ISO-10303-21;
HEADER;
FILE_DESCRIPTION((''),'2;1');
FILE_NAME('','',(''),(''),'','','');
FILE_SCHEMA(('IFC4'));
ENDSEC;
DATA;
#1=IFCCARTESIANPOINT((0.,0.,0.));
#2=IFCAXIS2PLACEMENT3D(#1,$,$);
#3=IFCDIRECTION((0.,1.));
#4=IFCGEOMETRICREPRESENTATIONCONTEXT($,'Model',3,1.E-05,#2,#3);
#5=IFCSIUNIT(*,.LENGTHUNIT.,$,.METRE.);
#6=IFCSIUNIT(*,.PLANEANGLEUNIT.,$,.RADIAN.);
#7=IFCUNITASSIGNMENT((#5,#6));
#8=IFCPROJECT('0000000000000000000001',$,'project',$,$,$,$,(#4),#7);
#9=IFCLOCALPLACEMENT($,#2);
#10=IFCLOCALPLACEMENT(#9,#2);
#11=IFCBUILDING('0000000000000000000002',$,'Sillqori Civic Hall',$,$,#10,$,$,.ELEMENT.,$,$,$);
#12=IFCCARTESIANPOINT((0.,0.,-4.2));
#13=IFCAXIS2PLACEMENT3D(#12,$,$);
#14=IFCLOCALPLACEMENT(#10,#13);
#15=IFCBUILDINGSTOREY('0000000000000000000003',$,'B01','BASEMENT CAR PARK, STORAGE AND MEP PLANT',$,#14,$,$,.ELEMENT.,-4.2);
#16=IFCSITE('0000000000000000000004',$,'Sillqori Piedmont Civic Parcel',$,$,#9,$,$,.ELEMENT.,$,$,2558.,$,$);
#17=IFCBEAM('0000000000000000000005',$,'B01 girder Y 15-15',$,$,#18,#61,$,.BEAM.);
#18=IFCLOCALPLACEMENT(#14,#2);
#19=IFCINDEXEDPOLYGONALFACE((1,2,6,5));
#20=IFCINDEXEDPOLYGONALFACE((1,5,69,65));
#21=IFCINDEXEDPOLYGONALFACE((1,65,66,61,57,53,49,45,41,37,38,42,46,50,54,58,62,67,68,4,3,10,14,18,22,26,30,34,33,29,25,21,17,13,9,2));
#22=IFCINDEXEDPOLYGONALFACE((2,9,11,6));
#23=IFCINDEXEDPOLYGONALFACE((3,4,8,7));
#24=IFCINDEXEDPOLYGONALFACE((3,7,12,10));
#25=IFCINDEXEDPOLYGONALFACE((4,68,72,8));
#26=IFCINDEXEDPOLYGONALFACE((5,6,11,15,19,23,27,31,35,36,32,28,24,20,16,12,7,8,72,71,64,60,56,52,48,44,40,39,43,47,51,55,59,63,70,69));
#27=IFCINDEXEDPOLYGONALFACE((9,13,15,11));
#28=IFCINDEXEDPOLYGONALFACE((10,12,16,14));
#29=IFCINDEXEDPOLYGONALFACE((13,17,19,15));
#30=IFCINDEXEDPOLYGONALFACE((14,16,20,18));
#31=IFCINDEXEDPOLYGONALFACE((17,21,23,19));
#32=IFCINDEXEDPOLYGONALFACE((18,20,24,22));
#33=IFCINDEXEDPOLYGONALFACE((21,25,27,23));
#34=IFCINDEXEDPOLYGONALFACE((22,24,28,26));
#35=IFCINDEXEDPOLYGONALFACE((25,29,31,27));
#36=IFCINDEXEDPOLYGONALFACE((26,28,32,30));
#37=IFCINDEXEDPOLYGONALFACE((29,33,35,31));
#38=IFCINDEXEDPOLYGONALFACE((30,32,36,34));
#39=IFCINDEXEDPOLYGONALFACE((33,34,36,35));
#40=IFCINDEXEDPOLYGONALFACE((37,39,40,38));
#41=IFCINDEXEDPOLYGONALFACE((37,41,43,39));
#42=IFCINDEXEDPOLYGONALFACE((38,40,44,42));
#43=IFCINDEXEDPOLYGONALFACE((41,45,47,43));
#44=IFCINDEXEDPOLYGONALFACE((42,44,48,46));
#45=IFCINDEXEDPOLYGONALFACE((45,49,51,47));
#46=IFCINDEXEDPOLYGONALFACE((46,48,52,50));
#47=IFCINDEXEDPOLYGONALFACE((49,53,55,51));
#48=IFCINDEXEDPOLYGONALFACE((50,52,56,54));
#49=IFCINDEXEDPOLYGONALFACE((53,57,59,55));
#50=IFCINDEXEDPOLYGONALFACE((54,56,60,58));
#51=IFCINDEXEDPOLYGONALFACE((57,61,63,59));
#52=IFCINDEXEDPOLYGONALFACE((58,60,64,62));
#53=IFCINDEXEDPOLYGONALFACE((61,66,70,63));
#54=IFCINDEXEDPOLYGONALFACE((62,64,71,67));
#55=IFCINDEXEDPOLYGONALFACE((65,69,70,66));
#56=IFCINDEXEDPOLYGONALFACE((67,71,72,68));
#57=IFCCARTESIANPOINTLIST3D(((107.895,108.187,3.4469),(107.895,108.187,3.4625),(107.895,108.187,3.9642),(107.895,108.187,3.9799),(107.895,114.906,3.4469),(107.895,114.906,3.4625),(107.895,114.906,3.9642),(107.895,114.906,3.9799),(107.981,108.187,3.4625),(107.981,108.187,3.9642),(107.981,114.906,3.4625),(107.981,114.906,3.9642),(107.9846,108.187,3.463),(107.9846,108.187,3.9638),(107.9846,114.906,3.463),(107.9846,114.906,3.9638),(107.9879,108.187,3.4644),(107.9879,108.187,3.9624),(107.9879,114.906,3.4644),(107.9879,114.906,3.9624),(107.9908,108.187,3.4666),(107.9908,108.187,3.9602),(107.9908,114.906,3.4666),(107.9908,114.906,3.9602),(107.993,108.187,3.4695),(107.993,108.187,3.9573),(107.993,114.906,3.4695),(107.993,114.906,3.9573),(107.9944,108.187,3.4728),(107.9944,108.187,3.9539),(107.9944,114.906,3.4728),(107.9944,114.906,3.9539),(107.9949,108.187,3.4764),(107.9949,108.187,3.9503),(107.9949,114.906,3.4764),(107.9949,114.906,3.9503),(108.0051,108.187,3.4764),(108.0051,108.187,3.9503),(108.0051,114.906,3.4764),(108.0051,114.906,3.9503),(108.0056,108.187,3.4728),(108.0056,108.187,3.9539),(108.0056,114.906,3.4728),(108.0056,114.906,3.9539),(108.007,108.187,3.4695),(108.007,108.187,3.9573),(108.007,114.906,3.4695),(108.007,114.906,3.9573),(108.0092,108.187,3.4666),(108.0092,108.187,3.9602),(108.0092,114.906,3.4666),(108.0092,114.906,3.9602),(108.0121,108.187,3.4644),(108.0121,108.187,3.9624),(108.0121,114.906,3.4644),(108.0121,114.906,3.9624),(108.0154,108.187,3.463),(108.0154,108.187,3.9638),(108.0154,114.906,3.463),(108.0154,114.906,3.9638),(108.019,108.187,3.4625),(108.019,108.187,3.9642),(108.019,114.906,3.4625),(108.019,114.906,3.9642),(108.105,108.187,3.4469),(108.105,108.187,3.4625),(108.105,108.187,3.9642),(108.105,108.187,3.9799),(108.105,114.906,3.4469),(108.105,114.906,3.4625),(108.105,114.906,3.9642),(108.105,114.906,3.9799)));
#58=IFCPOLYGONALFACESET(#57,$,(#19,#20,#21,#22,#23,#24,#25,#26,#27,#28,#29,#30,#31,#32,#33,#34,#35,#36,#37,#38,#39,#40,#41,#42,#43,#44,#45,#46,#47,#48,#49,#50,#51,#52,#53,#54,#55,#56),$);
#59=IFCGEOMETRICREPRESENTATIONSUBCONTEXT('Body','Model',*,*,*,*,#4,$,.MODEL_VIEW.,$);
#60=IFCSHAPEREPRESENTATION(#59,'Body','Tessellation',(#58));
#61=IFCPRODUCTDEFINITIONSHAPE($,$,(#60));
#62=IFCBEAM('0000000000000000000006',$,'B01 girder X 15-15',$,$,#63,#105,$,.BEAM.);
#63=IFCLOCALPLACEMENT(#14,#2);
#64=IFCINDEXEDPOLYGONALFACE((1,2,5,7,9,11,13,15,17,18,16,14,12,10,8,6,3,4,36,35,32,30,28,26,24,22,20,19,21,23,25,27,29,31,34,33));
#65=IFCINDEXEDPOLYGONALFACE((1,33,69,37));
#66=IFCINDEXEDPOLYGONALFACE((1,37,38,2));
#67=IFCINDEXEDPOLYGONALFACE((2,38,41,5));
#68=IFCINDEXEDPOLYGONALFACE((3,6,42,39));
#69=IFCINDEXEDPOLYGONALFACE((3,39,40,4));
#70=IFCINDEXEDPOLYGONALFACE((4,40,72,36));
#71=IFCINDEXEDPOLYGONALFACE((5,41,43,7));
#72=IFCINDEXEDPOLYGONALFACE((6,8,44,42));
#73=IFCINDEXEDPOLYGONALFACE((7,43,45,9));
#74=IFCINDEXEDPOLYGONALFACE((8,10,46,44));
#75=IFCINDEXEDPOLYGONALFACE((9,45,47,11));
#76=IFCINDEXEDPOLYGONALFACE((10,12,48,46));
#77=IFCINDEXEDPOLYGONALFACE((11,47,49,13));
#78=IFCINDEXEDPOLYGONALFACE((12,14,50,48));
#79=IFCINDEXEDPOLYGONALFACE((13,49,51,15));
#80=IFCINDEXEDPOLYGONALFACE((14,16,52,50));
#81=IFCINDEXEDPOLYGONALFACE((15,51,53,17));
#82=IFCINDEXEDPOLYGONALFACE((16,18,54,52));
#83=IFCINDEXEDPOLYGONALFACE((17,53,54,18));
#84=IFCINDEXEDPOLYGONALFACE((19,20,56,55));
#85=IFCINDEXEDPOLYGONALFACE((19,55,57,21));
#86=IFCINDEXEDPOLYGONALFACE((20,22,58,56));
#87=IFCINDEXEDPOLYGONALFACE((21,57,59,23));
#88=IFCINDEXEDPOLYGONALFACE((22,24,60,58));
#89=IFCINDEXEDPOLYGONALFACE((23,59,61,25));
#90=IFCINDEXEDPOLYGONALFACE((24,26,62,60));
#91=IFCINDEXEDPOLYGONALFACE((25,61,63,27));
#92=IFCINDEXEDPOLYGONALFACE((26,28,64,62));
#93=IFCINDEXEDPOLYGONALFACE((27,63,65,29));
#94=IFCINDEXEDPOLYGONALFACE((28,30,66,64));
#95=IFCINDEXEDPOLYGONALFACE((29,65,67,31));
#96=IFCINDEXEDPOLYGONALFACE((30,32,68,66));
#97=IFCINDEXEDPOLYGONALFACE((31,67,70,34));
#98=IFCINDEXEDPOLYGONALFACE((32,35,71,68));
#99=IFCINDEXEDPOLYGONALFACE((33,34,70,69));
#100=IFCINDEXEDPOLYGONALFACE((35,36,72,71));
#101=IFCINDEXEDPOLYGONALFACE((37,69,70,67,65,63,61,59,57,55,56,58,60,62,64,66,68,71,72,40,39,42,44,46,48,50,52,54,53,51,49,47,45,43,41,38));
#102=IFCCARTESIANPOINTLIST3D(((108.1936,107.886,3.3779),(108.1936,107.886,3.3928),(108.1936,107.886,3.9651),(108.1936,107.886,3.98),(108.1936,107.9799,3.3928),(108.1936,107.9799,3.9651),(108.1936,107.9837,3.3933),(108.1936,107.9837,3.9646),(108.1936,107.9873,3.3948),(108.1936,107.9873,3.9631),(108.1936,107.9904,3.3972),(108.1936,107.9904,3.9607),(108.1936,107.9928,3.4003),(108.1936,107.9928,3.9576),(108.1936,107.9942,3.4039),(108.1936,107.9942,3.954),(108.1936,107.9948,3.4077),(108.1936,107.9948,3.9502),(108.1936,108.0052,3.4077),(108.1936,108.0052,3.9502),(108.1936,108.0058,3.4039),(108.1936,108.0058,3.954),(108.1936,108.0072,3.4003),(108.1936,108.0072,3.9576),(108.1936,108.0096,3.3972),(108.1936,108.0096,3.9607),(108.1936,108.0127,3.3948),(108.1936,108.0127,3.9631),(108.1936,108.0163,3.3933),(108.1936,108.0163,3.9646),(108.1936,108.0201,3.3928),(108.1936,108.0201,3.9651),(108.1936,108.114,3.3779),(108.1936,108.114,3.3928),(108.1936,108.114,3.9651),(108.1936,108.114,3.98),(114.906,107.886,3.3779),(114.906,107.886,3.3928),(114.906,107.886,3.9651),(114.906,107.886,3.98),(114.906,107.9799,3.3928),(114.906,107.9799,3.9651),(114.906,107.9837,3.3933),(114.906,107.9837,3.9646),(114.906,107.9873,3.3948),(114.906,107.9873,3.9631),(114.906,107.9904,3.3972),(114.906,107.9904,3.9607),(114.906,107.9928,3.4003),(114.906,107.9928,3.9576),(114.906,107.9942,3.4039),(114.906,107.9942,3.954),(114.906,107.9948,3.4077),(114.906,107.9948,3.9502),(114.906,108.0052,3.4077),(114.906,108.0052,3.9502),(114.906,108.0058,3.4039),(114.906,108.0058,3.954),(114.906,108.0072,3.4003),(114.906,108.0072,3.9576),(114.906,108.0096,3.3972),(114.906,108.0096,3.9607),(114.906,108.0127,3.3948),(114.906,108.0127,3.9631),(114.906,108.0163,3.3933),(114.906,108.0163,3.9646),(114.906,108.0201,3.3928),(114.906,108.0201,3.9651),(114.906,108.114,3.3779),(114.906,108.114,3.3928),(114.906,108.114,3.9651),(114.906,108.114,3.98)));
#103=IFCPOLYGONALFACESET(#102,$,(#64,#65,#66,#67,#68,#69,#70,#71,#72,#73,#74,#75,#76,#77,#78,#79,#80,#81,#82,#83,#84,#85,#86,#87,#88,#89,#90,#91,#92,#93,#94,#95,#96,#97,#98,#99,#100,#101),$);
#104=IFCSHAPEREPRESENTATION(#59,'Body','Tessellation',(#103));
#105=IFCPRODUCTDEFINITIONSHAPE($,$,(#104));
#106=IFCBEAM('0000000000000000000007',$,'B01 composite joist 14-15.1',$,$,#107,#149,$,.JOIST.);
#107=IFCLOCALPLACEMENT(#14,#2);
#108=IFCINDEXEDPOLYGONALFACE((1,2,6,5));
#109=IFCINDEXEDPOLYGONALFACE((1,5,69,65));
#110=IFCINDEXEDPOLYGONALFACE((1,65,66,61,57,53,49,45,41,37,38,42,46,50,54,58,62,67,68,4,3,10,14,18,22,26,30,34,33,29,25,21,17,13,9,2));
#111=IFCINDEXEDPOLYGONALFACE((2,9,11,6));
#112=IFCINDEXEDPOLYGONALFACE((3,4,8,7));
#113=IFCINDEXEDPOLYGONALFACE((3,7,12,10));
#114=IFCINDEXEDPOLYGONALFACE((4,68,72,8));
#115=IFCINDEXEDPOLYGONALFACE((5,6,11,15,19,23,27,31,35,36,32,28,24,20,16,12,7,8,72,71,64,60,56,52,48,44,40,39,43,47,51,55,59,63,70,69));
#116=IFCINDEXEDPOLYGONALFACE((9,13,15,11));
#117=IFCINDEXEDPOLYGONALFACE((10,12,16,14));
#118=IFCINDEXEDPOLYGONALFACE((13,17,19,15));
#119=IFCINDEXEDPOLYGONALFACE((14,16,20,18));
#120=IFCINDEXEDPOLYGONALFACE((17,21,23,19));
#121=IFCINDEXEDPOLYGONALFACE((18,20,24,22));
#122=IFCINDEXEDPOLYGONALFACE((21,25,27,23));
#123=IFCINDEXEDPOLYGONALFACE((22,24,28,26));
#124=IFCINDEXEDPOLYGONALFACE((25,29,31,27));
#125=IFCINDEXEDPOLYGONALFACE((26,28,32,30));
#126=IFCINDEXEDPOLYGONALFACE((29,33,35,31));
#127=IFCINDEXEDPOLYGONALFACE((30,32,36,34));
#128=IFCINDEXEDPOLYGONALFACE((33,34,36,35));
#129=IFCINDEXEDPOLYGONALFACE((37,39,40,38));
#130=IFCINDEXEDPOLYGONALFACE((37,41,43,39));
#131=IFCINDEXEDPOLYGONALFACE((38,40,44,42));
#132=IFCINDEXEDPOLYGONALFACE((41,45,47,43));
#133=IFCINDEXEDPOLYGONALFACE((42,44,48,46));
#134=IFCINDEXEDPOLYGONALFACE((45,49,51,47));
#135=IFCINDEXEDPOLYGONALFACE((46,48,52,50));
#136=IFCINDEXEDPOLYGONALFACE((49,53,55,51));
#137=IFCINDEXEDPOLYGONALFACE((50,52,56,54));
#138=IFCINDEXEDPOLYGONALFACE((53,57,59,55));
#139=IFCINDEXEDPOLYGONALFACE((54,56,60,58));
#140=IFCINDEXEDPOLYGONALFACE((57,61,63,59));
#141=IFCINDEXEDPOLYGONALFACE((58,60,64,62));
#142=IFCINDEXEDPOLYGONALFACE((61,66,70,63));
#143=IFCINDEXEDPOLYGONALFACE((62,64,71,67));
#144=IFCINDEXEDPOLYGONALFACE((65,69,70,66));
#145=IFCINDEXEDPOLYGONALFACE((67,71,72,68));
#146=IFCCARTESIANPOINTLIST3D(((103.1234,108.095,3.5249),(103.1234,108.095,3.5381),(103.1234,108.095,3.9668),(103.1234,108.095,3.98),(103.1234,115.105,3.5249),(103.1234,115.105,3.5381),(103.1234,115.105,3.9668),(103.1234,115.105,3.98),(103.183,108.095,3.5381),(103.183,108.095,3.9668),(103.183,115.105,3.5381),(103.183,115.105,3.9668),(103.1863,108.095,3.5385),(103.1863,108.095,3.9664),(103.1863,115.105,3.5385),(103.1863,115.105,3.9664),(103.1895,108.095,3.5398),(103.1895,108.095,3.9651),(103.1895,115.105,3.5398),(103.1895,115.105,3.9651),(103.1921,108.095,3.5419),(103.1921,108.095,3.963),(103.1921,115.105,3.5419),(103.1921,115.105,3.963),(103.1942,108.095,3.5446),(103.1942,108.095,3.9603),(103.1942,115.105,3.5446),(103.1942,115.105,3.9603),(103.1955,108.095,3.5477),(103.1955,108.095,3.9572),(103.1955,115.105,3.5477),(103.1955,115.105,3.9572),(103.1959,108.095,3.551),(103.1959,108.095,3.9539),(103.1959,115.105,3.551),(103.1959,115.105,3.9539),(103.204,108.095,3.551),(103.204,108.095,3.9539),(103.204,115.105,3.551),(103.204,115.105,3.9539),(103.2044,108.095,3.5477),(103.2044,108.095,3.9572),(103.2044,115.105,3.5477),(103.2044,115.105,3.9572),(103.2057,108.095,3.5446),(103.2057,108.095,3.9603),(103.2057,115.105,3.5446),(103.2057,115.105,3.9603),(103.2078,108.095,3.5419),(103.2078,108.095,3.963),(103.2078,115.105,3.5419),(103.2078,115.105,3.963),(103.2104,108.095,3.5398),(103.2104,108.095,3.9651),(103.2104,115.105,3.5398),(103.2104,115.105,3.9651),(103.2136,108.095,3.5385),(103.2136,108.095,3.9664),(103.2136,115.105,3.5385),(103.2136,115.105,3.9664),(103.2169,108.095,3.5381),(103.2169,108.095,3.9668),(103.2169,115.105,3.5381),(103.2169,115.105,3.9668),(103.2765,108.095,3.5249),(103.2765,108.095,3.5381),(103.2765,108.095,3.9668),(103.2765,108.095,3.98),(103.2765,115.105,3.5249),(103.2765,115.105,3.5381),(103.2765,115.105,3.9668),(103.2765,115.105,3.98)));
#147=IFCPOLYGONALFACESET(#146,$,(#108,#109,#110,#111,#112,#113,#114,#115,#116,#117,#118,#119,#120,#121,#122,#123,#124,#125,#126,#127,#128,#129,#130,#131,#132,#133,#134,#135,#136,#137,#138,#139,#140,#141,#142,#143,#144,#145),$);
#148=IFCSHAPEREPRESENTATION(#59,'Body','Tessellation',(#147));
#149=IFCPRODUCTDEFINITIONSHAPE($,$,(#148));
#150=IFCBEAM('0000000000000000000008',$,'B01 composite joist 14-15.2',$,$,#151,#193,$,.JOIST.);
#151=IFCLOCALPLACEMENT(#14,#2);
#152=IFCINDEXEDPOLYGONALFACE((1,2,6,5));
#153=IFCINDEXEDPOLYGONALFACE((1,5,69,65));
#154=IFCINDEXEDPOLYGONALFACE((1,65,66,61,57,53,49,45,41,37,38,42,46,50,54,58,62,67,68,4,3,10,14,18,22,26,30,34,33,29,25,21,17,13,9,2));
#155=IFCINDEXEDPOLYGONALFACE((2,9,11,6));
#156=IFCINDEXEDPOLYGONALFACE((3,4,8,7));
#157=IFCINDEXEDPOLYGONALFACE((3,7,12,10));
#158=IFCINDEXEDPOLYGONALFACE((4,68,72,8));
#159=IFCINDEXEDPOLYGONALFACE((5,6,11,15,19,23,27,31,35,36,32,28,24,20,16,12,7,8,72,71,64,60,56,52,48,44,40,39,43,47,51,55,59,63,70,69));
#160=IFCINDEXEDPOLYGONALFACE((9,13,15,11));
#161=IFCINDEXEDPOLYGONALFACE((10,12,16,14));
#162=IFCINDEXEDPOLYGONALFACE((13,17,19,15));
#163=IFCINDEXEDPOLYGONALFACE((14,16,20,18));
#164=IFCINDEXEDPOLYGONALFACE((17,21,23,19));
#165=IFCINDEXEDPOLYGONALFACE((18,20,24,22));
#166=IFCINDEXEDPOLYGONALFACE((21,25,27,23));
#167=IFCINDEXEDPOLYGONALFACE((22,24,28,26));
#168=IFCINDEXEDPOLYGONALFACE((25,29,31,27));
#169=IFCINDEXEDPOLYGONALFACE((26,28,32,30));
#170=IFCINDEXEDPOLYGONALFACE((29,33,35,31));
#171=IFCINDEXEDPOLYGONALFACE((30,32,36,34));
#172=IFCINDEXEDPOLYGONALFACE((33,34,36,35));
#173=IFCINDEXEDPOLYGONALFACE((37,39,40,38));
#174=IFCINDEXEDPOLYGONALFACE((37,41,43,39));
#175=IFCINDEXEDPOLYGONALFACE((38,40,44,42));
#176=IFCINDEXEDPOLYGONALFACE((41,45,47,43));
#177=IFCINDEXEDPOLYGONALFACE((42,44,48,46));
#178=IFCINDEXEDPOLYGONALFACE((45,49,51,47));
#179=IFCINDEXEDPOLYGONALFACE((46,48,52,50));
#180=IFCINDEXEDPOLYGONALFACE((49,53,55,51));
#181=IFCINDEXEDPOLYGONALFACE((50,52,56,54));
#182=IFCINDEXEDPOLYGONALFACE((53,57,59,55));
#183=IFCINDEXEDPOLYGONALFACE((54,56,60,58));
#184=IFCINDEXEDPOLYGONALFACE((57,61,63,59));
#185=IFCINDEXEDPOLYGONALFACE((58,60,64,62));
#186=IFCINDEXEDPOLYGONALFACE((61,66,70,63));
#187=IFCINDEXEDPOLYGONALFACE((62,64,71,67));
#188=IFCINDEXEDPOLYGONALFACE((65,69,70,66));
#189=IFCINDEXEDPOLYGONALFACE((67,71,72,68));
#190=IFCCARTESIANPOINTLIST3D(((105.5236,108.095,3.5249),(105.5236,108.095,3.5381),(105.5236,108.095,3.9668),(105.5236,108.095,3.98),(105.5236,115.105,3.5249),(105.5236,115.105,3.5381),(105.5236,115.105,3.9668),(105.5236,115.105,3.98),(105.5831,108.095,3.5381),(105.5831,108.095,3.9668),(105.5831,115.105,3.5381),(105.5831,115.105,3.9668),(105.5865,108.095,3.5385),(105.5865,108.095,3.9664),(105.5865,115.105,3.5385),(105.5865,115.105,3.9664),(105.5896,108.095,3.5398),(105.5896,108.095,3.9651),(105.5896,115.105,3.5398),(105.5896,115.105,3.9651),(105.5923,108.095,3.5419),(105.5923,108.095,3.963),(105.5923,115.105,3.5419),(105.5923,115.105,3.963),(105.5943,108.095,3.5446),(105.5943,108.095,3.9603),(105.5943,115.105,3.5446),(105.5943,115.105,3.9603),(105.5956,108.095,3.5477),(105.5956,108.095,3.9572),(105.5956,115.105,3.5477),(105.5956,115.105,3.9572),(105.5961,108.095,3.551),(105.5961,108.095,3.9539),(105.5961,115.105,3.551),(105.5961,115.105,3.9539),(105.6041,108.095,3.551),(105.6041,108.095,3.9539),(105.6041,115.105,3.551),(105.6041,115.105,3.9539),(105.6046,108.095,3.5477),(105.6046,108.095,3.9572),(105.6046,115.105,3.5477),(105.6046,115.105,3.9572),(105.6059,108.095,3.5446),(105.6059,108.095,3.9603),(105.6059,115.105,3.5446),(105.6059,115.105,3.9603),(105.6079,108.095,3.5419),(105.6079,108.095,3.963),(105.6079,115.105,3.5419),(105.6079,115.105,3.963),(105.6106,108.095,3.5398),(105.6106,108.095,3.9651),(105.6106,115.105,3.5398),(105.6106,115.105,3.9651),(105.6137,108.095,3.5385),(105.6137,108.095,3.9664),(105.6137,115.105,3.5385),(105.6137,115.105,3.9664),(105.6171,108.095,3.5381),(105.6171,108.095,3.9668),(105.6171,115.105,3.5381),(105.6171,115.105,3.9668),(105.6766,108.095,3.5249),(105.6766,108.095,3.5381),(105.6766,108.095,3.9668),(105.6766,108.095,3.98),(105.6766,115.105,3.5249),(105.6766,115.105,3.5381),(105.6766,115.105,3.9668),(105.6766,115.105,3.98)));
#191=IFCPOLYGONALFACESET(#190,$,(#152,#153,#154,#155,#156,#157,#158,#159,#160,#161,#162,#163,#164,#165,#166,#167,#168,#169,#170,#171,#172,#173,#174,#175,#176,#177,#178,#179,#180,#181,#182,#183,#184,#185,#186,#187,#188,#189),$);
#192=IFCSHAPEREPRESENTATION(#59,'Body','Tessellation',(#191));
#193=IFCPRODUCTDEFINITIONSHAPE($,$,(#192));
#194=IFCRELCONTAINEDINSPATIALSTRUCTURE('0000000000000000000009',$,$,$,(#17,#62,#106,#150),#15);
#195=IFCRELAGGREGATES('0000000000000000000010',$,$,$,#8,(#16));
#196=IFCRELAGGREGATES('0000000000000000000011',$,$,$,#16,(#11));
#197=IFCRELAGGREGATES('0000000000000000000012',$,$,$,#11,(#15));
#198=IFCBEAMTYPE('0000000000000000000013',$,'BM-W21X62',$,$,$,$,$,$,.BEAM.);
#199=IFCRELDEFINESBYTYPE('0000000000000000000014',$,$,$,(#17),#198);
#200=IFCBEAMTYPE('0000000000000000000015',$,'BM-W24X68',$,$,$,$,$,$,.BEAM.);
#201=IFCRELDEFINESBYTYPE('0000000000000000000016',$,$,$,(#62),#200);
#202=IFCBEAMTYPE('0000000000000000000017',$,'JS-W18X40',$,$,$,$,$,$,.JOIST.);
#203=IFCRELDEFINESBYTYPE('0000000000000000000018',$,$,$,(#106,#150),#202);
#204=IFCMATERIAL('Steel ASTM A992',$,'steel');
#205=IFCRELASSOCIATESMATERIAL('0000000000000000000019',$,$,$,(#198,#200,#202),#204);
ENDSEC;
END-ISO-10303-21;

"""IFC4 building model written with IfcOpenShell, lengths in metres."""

from ifc_helpers import new_model, si_unit, direction, frame, origin, origin_2d, place, context, subcontext, project, spatial, i_section, extrude, material, material_profile, profile_set, type_object, element, save


model = new_model("IFC4")

# Units and contexts
model_context = context("Model", 3, precision=1e-05, world=origin(), true_north=direction((0.0, 1.0)))
body_context = subcontext(model_context, "Body", "Model", "MODEL_VIEW")
ifc_project = project(units=[si_unit("LENGTHUNIT", "METRE"), si_unit("PLANEANGLEUNIT", "RADIAN")], contexts=[model_context])

# Site, building, storey
site_placement = place(None, origin())
site = spatial("IfcSite", under=ifc_project, at=site_placement, Name="Sillqori Piedmont Civic Parcel", CompositionType="ELEMENT", RefElevation=2558.0)
building_placement = place(site_placement, origin())
building = spatial("IfcBuilding", under=site, at=building_placement, Name="Sillqori Civic Hall", CompositionType="ELEMENT")
storey_placement = place(building_placement, frame((0.0, 0.0, -4.2)))
storey = spatial("IfcBuildingStorey", under=building, at=storey_placement, Name="B01", Description="BASEMENT CAR PARK, STORAGE AND MEP PLANT", CompositionType="ELEMENT", Elevation=-4.2)

# Shared definitions
ifc_material_1 = material(Name="Steel ASTM A992", Category="steel")

# Beams
ifc_material_profile_1 = material_profile(ifc_material_1, i_section(OverallWidth=0.21, OverallDepth=0.533, WebThickness=0.0103, FlangeThickness=0.0156, FilletRadius=0.0139, at=origin_2d()), Name="W21X62")
ifc_profile_set_1 = profile_set([ifc_material_profile_1], Name="Steel ASTM A992")
beam_type_1 = type_object("IfcBeamType", Name="BM-W21X62", PredefinedType="BEAM", material=ifc_profile_set_1)
beam_1_placement = place(storey_placement, frame((108.0, 108.187, 3.7134), z_axis=(0.0, 1.0, 0.0), x_axis=(-1.0, 0.0, 0.0)))
element("IfcBeam", 1, at=beam_1_placement, inside=storey, type_object=beam_type_1, Name="B01 girder Y 15-15", PredefinedType="BEAM", context=body_context, shape_type="SweptSolid", body=[
    extrude(i_section(OverallWidth=0.21, OverallDepth=0.533, WebThickness=0.0103, FlangeThickness=0.0156, FilletRadius=0.0139, at=origin_2d()), origin(), (0.0, 0.0, 1.0), 6.719),
])
ifc_material_profile_2 = material_profile(ifc_material_1, i_section(OverallWidth=0.228, OverallDepth=0.6021, WebThickness=0.0105, FlangeThickness=0.0149, FilletRadius=0.0149, at=origin_2d()), Name="W24X68")
ifc_profile_set_2 = profile_set([ifc_material_profile_2], Name="Steel ASTM A992")
beam_type_2 = type_object("IfcBeamType", Name="BM-W24X68", PredefinedType="BEAM", material=ifc_profile_set_2)
beam_2_placement = place(storey_placement, frame((108.1936, 108.0, 3.679), z_axis=(1.0, 0.0, 0.0), x_axis=(0.0, 1.0, 0.0)))
element("IfcBeam", 2, at=beam_2_placement, inside=storey, type_object=beam_type_2, Name="B01 girder X 15-15", PredefinedType="BEAM", context=body_context, shape_type="SweptSolid", body=[
    extrude(i_section(OverallWidth=0.228, OverallDepth=0.6021, WebThickness=0.0105, FlangeThickness=0.0149, FilletRadius=0.0149, at=origin_2d()), origin(), (0.0, 0.0, 1.0), 6.7124),
])
ifc_material_profile_3 = material_profile(ifc_material_1, i_section(OverallWidth=0.1531, OverallDepth=0.4551, WebThickness=0.0081, FlangeThickness=0.0132, FilletRadius=0.0129, at=origin_2d()), Name="W18X40")
ifc_profile_set_3 = profile_set([ifc_material_profile_3], Name="Steel ASTM A992")
beam_type_3 = type_object("IfcBeamType", Name="JS-W18X40", PredefinedType="JOIST", material=ifc_profile_set_3)
for number, where, z_axis, x_axis, name in (
    (3, (103.2, 108.095, 3.7524), (0.0, 1.0, 0.0), (-1.0, 0.0, 0.0), "B01 composite joist 14-15.1"),
    (4, (105.6001, 108.095, 3.7524), (0.0, 1.0, 0.0), (-1.0, 0.0, 0.0), "B01 composite joist 14-15.2"),
):
    element("IfcBeam", number, at=place(storey_placement, frame(where, z_axis=z_axis, x_axis=x_axis)), inside=storey, type_object=beam_type_3, Name=name, PredefinedType="JOIST", context=body_context, shape_type="SweptSolid", body=[
        extrude(i_section(OverallWidth=0.1531, OverallDepth=0.4551, WebThickness=0.0081, FlangeThickness=0.0132, FilletRadius=0.0129, at=origin_2d()), origin(), (0.0, 0.0, 1.0), 7.01),
    ])

save(model, "model.ifc")
